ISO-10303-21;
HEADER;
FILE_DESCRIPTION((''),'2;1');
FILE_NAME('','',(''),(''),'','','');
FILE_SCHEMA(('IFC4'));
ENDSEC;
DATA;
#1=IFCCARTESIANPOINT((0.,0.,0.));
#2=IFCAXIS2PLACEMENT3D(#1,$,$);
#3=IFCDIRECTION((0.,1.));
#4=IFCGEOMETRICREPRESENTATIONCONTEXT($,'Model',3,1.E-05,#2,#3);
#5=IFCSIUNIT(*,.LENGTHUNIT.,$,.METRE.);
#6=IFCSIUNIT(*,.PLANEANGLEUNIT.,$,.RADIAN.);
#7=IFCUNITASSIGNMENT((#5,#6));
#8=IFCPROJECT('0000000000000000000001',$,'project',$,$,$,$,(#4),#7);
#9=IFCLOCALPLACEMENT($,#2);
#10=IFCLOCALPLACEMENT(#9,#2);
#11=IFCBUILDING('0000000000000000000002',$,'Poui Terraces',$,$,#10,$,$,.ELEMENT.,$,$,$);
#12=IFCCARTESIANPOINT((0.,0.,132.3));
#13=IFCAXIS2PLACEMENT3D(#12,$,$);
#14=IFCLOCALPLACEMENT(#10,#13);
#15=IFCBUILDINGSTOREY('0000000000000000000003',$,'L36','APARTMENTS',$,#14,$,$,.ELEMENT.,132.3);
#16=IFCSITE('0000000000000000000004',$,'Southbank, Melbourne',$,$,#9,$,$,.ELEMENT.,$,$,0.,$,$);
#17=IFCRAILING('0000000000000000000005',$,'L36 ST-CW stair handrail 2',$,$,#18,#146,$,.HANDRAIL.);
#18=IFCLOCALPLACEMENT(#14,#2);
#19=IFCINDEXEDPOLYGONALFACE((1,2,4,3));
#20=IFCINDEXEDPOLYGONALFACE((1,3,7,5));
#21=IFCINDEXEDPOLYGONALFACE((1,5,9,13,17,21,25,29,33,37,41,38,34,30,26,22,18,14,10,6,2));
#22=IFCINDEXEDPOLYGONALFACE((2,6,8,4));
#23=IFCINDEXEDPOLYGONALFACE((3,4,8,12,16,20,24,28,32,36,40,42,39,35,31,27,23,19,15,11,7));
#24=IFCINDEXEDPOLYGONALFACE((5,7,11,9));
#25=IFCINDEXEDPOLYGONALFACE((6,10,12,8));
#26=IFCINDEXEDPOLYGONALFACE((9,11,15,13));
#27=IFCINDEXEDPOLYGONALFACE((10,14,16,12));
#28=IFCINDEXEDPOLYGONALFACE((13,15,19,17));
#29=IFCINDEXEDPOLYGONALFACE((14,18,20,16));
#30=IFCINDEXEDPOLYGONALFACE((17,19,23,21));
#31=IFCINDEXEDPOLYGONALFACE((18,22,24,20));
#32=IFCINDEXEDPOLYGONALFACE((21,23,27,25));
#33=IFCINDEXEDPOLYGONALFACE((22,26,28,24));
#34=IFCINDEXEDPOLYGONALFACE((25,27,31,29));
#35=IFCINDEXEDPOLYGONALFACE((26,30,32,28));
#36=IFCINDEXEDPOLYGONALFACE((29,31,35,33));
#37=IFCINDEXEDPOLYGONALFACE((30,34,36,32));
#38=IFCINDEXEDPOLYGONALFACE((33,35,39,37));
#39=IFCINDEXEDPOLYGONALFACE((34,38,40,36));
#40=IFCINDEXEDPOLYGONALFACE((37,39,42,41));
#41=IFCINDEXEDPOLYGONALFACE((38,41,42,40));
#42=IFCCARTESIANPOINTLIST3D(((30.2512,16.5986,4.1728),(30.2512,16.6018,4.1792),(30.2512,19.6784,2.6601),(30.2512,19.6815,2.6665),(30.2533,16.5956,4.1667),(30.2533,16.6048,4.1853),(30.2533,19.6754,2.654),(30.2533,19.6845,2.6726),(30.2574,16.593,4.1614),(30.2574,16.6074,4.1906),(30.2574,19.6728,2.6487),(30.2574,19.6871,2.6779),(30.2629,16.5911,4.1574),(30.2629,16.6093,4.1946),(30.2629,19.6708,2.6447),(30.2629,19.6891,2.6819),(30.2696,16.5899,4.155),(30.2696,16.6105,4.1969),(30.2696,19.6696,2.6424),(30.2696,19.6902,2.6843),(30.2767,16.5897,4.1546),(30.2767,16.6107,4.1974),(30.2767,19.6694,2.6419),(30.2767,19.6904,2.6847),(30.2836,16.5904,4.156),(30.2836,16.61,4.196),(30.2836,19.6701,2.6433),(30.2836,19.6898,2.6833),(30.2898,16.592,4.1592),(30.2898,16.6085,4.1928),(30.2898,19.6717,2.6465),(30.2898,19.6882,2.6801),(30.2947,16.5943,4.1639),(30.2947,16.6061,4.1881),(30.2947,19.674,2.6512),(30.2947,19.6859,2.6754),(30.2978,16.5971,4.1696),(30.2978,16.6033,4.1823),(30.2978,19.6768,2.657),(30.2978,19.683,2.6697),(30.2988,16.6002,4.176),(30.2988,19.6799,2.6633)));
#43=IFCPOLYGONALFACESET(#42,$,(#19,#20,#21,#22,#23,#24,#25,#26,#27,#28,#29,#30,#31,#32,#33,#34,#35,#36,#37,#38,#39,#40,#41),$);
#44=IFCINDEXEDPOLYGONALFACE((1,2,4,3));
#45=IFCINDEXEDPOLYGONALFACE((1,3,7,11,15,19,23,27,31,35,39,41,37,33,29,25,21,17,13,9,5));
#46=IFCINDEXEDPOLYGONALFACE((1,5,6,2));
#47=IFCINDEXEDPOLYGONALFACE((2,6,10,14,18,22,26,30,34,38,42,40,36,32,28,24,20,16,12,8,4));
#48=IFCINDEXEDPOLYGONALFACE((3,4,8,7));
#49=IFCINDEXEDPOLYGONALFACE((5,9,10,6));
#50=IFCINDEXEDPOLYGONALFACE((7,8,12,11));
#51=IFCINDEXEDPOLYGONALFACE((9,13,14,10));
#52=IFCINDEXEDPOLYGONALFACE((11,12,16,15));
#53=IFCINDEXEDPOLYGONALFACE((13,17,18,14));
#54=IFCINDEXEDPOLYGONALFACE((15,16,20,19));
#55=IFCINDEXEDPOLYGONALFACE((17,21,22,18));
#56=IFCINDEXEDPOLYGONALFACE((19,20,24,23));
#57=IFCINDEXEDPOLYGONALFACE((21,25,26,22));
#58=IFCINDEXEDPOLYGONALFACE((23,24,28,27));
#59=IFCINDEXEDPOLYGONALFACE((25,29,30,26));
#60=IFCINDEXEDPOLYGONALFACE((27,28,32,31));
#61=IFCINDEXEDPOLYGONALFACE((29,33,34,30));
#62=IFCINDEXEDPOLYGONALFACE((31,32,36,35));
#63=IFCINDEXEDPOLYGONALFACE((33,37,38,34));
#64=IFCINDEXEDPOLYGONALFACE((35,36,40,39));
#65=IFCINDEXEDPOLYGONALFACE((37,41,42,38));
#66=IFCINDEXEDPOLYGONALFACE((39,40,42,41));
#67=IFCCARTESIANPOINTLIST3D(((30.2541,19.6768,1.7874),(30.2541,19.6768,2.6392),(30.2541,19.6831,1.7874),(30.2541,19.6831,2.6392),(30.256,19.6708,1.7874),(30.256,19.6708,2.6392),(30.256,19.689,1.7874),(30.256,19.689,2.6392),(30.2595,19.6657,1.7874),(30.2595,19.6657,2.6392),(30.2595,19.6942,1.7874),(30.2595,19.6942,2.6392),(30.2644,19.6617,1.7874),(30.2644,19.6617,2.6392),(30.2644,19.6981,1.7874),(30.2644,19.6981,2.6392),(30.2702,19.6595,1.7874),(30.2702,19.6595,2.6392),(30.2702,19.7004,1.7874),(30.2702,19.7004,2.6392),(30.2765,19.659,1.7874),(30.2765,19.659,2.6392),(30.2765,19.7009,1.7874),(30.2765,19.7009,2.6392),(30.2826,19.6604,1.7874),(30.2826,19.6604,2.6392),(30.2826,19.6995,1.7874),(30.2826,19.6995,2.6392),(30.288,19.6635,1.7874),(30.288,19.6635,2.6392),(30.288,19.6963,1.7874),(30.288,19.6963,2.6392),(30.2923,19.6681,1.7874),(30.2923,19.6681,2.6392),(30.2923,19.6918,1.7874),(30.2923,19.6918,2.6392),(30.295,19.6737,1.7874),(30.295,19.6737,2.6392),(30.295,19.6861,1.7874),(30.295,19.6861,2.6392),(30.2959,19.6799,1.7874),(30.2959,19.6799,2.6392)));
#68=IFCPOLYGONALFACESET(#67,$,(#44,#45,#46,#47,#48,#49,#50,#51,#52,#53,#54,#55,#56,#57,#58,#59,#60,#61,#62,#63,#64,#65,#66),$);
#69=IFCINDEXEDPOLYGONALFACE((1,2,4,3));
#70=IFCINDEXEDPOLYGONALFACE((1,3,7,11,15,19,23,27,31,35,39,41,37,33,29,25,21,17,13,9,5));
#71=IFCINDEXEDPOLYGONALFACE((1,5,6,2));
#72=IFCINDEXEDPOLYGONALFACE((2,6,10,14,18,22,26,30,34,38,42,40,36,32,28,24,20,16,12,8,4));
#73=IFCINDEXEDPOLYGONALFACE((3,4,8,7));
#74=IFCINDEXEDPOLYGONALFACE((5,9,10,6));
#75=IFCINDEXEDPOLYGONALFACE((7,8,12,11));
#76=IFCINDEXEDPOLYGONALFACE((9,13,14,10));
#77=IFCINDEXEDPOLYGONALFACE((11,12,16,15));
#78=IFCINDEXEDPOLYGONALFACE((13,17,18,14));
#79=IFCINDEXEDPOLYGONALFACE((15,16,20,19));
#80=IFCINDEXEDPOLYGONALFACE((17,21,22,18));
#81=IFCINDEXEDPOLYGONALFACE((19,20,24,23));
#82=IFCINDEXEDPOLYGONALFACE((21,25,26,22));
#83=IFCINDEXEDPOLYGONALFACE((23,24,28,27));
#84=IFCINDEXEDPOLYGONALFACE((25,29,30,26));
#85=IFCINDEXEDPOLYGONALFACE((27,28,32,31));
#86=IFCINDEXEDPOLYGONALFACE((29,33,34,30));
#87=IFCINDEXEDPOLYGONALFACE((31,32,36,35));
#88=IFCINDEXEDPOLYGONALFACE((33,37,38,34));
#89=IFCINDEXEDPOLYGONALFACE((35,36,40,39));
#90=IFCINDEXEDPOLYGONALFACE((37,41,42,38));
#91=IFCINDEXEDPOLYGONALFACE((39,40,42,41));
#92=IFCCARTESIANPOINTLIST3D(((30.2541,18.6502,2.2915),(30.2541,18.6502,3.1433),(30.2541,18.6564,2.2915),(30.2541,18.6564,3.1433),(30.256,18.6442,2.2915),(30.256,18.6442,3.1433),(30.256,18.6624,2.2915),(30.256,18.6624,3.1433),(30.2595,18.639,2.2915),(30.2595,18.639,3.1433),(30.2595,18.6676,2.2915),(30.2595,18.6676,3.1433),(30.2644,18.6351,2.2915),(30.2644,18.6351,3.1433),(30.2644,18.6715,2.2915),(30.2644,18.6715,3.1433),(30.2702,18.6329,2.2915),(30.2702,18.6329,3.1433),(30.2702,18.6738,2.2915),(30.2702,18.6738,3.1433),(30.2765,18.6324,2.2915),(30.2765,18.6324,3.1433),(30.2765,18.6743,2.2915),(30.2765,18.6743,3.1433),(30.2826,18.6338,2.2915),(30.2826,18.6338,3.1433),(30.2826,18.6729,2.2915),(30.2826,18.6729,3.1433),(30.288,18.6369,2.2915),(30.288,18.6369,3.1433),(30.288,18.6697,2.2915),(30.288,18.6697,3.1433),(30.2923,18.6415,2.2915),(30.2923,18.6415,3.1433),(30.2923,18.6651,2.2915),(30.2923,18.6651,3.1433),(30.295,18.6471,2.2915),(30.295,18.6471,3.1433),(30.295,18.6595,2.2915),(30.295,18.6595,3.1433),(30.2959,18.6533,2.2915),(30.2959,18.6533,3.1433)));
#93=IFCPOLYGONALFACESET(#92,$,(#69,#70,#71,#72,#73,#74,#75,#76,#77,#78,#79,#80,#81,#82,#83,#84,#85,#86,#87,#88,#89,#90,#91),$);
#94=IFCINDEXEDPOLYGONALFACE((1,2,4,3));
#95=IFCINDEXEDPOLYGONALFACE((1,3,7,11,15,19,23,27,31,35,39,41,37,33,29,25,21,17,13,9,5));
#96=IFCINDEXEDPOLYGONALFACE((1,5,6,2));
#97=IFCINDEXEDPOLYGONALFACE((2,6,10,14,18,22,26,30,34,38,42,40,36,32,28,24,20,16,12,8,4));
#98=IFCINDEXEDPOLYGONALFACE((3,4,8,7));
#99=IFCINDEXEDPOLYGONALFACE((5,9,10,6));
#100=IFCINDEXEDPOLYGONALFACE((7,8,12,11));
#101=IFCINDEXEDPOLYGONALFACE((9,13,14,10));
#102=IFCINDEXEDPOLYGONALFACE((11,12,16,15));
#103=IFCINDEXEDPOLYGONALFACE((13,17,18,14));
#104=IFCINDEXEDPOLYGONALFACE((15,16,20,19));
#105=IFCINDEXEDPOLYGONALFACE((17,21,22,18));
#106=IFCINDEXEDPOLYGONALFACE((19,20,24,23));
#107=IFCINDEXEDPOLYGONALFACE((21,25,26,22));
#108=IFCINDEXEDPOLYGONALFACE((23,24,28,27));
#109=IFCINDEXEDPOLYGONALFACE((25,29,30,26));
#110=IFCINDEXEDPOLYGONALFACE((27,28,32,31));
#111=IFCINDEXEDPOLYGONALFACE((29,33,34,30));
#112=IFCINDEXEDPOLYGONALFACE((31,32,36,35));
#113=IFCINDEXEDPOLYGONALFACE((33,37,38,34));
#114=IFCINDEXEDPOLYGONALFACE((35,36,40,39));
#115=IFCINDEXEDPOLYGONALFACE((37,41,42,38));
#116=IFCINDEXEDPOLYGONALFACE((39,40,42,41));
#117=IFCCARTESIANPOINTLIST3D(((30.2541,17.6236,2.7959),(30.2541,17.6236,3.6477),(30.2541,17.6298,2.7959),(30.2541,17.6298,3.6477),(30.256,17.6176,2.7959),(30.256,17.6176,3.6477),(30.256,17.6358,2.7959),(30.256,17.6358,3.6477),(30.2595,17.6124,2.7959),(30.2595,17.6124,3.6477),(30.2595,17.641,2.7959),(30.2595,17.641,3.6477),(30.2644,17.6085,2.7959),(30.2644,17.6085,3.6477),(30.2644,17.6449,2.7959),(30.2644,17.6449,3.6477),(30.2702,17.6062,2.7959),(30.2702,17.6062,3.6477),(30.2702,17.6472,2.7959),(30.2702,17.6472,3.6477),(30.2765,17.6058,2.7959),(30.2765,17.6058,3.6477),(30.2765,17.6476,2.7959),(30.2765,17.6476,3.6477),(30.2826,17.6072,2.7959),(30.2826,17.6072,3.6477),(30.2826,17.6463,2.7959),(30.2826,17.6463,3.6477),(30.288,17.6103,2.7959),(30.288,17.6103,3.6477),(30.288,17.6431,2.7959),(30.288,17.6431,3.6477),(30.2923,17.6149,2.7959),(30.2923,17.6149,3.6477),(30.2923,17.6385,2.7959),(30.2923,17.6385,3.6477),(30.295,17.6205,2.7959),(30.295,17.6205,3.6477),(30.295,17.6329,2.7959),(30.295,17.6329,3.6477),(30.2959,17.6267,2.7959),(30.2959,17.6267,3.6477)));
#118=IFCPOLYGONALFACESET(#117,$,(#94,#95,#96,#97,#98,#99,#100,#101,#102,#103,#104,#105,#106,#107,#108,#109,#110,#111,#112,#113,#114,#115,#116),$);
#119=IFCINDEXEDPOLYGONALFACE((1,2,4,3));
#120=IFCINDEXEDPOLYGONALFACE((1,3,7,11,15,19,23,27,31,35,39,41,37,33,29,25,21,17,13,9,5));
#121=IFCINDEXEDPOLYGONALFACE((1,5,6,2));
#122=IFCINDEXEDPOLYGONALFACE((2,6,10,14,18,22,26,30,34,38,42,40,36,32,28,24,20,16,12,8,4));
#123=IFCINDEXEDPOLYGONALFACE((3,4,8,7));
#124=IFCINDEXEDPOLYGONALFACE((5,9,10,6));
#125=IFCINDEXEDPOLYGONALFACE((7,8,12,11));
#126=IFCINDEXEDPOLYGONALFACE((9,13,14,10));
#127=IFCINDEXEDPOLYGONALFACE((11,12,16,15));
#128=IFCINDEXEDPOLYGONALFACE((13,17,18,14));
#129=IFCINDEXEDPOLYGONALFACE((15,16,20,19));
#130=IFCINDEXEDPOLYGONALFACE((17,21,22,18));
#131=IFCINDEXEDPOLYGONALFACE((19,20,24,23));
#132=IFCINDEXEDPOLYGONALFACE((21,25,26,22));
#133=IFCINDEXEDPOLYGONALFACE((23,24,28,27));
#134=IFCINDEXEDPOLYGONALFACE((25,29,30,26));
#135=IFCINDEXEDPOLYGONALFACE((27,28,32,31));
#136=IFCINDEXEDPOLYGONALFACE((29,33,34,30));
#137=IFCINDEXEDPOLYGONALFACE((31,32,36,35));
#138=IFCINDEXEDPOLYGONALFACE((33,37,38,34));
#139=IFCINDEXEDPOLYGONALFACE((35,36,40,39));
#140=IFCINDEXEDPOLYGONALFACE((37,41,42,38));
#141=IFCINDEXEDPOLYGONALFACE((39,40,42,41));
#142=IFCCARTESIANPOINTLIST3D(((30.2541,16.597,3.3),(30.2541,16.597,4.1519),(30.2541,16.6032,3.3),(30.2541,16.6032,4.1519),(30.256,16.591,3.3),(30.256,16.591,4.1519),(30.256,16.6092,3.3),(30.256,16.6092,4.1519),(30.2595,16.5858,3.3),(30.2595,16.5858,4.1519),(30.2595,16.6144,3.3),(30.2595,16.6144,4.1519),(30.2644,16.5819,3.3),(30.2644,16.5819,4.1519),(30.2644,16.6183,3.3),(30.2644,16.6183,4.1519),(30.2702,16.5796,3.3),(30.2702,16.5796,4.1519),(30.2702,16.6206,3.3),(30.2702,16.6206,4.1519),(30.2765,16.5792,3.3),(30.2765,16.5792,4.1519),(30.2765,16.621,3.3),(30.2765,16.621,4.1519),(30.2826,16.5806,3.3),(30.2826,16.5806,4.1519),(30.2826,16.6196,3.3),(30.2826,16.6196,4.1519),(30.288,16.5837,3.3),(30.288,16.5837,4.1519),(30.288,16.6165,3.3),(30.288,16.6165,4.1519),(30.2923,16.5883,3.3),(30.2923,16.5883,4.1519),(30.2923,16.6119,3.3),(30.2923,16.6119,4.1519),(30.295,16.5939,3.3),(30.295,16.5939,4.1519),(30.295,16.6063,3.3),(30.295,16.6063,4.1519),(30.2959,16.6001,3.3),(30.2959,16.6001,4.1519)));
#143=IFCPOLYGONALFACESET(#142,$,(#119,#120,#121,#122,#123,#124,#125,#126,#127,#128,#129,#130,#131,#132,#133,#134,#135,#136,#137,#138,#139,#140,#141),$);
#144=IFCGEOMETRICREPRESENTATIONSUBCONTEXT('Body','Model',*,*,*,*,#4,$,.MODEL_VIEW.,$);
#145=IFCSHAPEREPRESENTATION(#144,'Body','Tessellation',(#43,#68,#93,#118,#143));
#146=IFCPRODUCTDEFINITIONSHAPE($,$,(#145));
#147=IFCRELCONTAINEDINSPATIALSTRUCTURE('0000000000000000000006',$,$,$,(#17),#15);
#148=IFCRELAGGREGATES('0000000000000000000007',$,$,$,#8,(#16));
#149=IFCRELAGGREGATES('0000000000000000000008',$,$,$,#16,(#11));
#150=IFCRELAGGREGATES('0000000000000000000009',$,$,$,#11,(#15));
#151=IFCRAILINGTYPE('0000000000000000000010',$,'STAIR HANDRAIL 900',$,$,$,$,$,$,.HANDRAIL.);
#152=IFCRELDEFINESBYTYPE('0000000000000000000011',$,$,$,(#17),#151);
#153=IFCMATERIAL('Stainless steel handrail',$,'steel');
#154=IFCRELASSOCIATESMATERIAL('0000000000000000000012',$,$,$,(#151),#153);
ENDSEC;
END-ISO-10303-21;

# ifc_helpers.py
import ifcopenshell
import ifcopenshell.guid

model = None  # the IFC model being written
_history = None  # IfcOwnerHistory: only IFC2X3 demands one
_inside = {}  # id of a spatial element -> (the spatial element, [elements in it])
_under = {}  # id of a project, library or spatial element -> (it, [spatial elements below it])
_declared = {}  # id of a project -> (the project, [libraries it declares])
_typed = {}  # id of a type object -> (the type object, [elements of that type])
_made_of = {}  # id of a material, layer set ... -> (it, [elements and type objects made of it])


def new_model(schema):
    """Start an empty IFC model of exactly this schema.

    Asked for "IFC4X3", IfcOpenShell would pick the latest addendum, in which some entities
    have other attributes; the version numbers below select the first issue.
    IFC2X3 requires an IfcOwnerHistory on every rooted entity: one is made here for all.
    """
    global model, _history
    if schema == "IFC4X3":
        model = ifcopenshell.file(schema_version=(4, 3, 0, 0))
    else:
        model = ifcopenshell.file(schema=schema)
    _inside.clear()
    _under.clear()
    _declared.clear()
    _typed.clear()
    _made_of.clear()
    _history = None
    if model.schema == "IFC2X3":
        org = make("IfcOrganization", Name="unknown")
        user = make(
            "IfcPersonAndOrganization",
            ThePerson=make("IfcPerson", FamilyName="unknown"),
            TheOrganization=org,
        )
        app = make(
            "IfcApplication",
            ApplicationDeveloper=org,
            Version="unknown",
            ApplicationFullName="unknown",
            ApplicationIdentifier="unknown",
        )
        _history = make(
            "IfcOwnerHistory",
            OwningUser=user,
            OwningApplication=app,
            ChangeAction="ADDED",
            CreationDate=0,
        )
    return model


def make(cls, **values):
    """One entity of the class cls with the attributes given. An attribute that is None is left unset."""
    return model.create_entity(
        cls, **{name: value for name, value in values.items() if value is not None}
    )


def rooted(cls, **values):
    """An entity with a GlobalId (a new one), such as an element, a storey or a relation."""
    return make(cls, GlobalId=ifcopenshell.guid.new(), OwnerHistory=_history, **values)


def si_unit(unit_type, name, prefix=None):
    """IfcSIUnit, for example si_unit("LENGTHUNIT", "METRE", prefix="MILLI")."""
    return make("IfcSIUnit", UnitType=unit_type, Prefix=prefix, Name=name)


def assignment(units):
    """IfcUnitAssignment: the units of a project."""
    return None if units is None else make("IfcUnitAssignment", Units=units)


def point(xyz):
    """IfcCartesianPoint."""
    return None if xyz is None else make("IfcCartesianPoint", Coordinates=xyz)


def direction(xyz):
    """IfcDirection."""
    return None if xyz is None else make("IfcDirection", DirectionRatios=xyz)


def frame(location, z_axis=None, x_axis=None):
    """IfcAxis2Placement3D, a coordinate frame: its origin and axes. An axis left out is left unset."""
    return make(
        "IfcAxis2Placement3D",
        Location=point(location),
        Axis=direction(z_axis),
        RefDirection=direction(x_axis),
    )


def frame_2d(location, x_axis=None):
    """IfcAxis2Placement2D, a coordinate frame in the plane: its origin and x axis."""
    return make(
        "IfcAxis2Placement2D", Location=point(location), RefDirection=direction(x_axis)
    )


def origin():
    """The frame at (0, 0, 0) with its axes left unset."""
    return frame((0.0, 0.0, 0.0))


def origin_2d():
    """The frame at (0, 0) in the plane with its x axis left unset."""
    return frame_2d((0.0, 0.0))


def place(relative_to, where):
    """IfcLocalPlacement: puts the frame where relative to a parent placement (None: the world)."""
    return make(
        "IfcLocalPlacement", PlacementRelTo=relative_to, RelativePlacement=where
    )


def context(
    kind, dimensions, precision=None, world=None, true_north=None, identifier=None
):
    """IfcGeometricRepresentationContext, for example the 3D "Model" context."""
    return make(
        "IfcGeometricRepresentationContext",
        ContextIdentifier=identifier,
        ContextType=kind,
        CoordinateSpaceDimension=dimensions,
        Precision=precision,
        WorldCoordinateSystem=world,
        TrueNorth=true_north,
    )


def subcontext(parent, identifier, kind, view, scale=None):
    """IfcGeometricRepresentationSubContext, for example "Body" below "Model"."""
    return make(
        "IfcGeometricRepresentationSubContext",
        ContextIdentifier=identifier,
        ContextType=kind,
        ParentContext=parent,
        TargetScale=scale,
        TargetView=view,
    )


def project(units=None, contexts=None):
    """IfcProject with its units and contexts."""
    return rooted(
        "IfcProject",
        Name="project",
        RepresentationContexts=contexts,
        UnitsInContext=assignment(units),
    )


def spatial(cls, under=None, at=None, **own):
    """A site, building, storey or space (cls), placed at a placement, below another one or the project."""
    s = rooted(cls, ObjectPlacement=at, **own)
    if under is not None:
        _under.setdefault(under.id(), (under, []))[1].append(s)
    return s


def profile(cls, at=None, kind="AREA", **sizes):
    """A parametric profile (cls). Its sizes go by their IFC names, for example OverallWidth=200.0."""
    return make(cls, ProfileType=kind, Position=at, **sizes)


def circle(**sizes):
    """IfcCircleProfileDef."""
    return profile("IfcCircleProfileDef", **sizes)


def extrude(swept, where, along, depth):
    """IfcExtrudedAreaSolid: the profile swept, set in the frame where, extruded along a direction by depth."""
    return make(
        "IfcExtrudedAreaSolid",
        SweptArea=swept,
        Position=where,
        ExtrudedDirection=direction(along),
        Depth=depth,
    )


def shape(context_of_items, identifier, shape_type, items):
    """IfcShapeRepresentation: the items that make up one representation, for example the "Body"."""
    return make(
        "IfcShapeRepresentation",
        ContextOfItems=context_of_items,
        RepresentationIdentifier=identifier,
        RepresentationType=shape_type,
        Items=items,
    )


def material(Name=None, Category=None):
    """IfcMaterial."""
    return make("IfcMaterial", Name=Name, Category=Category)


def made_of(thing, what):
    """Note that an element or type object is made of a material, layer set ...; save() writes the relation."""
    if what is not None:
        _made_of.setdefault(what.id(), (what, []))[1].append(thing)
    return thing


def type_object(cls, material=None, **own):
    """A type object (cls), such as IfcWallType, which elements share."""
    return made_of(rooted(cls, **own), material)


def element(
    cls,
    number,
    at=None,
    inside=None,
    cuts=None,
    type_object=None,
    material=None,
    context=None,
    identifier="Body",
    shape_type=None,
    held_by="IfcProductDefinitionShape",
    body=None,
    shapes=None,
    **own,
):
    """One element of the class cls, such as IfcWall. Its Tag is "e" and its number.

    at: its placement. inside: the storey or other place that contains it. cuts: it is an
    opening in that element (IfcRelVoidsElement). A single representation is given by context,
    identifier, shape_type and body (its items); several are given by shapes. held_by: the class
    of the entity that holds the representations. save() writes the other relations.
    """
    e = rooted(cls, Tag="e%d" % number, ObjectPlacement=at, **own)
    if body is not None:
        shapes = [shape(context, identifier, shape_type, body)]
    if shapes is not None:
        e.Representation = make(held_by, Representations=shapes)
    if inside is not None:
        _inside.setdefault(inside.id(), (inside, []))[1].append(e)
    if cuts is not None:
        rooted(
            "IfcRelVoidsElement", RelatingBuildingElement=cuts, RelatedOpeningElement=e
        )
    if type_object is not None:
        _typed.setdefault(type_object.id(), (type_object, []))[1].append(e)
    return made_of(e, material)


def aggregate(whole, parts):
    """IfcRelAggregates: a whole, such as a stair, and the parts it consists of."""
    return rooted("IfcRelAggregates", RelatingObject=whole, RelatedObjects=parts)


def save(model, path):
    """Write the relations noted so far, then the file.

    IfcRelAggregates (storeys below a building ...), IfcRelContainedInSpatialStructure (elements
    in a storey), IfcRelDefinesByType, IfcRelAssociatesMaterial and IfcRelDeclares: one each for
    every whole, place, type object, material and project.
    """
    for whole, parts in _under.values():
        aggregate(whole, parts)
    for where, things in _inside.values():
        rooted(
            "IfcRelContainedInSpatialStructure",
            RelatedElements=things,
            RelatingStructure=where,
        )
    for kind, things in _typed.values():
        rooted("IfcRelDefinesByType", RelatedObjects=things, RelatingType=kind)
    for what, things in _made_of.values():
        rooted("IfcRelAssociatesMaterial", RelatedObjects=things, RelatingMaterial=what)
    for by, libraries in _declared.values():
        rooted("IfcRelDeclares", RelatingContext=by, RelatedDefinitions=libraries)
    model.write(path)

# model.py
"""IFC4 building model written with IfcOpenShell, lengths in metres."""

from ifc_helpers import new_model, si_unit, direction, frame, origin, origin_2d, place, context, subcontext, project, spatial, circle, extrude, material, type_object, element, save


model = new_model("IFC4")

# Units and contexts
model_context = context("Model", 3, precision=1e-05, world=origin(), true_north=direction((0.0, 1.0)))
body_context = subcontext(model_context, "Body", "Model", "MODEL_VIEW")
ifc_project = project(units=[si_unit("LENGTHUNIT", "METRE"), si_unit("PLANEANGLEUNIT", "RADIAN")], contexts=[model_context])

# Site, building, storey
site_placement = place(None, origin())
site = spatial("IfcSite", under=ifc_project, at=site_placement, Name="Southbank, Melbourne", CompositionType="ELEMENT", RefElevation=0.0)
building_placement = place(site_placement, origin())
building = spatial("IfcBuilding", under=site, at=building_placement, Name="Poui Terraces", CompositionType="ELEMENT")
storey_placement = place(building_placement, frame((0.0, 0.0, 132.3)))
storey = spatial("IfcBuildingStorey", under=building, at=storey_placement, Name="L36", Description="APARTMENTS", CompositionType="ELEMENT", Elevation=132.3)

# Railing
ifc_material_1 = material(Name="Stainless steel handrail", Category="steel")
railing_type_1 = type_object("IfcRailingType", Name="STAIR HANDRAIL 900", PredefinedType="HANDRAIL", material=ifc_material_1)
railing_1_placement = place(storey_placement, frame((30.2749, 19.6799, 1.7874)))
element("IfcRailing", 1, at=railing_1_placement, inside=storey, type_object=railing_type_1, Name="L36 ST-CW stair handrail 2", PredefinedType="HANDRAIL", context=body_context, shape_type="SweptSolid", body=[
    extrude(circle(Radius=0.0239, at=origin_2d()), frame((0.0, 0.0, 0.876), z_axis=(0.0, -0.897578, 0.440856), x_axis=(1.0, 0.0, 0.0)), (0.0, 0.0, 1.0), 3.4312),
    extrude(circle(Radius=0.021, at=origin_2d()), origin(), (0.0, 0.0, 1.0), 0.8518),
    extrude(circle(Radius=0.021, at=origin_2d()), frame((0.0, -1.0266, 0.5042)), (0.0, 0.0, 1.0), 0.8518),
    extrude(circle(Radius=0.021, at=origin_2d()), frame((0.0, -2.0532, 1.0085)), (0.0, 0.0, 1.0), 0.8518),
    extrude(circle(Radius=0.021, at=origin_2d()), frame((0.0, -3.0798, 1.5127)), (0.0, 0.0, 1.0), 0.8518),
])

save(model, "model.ifc")
